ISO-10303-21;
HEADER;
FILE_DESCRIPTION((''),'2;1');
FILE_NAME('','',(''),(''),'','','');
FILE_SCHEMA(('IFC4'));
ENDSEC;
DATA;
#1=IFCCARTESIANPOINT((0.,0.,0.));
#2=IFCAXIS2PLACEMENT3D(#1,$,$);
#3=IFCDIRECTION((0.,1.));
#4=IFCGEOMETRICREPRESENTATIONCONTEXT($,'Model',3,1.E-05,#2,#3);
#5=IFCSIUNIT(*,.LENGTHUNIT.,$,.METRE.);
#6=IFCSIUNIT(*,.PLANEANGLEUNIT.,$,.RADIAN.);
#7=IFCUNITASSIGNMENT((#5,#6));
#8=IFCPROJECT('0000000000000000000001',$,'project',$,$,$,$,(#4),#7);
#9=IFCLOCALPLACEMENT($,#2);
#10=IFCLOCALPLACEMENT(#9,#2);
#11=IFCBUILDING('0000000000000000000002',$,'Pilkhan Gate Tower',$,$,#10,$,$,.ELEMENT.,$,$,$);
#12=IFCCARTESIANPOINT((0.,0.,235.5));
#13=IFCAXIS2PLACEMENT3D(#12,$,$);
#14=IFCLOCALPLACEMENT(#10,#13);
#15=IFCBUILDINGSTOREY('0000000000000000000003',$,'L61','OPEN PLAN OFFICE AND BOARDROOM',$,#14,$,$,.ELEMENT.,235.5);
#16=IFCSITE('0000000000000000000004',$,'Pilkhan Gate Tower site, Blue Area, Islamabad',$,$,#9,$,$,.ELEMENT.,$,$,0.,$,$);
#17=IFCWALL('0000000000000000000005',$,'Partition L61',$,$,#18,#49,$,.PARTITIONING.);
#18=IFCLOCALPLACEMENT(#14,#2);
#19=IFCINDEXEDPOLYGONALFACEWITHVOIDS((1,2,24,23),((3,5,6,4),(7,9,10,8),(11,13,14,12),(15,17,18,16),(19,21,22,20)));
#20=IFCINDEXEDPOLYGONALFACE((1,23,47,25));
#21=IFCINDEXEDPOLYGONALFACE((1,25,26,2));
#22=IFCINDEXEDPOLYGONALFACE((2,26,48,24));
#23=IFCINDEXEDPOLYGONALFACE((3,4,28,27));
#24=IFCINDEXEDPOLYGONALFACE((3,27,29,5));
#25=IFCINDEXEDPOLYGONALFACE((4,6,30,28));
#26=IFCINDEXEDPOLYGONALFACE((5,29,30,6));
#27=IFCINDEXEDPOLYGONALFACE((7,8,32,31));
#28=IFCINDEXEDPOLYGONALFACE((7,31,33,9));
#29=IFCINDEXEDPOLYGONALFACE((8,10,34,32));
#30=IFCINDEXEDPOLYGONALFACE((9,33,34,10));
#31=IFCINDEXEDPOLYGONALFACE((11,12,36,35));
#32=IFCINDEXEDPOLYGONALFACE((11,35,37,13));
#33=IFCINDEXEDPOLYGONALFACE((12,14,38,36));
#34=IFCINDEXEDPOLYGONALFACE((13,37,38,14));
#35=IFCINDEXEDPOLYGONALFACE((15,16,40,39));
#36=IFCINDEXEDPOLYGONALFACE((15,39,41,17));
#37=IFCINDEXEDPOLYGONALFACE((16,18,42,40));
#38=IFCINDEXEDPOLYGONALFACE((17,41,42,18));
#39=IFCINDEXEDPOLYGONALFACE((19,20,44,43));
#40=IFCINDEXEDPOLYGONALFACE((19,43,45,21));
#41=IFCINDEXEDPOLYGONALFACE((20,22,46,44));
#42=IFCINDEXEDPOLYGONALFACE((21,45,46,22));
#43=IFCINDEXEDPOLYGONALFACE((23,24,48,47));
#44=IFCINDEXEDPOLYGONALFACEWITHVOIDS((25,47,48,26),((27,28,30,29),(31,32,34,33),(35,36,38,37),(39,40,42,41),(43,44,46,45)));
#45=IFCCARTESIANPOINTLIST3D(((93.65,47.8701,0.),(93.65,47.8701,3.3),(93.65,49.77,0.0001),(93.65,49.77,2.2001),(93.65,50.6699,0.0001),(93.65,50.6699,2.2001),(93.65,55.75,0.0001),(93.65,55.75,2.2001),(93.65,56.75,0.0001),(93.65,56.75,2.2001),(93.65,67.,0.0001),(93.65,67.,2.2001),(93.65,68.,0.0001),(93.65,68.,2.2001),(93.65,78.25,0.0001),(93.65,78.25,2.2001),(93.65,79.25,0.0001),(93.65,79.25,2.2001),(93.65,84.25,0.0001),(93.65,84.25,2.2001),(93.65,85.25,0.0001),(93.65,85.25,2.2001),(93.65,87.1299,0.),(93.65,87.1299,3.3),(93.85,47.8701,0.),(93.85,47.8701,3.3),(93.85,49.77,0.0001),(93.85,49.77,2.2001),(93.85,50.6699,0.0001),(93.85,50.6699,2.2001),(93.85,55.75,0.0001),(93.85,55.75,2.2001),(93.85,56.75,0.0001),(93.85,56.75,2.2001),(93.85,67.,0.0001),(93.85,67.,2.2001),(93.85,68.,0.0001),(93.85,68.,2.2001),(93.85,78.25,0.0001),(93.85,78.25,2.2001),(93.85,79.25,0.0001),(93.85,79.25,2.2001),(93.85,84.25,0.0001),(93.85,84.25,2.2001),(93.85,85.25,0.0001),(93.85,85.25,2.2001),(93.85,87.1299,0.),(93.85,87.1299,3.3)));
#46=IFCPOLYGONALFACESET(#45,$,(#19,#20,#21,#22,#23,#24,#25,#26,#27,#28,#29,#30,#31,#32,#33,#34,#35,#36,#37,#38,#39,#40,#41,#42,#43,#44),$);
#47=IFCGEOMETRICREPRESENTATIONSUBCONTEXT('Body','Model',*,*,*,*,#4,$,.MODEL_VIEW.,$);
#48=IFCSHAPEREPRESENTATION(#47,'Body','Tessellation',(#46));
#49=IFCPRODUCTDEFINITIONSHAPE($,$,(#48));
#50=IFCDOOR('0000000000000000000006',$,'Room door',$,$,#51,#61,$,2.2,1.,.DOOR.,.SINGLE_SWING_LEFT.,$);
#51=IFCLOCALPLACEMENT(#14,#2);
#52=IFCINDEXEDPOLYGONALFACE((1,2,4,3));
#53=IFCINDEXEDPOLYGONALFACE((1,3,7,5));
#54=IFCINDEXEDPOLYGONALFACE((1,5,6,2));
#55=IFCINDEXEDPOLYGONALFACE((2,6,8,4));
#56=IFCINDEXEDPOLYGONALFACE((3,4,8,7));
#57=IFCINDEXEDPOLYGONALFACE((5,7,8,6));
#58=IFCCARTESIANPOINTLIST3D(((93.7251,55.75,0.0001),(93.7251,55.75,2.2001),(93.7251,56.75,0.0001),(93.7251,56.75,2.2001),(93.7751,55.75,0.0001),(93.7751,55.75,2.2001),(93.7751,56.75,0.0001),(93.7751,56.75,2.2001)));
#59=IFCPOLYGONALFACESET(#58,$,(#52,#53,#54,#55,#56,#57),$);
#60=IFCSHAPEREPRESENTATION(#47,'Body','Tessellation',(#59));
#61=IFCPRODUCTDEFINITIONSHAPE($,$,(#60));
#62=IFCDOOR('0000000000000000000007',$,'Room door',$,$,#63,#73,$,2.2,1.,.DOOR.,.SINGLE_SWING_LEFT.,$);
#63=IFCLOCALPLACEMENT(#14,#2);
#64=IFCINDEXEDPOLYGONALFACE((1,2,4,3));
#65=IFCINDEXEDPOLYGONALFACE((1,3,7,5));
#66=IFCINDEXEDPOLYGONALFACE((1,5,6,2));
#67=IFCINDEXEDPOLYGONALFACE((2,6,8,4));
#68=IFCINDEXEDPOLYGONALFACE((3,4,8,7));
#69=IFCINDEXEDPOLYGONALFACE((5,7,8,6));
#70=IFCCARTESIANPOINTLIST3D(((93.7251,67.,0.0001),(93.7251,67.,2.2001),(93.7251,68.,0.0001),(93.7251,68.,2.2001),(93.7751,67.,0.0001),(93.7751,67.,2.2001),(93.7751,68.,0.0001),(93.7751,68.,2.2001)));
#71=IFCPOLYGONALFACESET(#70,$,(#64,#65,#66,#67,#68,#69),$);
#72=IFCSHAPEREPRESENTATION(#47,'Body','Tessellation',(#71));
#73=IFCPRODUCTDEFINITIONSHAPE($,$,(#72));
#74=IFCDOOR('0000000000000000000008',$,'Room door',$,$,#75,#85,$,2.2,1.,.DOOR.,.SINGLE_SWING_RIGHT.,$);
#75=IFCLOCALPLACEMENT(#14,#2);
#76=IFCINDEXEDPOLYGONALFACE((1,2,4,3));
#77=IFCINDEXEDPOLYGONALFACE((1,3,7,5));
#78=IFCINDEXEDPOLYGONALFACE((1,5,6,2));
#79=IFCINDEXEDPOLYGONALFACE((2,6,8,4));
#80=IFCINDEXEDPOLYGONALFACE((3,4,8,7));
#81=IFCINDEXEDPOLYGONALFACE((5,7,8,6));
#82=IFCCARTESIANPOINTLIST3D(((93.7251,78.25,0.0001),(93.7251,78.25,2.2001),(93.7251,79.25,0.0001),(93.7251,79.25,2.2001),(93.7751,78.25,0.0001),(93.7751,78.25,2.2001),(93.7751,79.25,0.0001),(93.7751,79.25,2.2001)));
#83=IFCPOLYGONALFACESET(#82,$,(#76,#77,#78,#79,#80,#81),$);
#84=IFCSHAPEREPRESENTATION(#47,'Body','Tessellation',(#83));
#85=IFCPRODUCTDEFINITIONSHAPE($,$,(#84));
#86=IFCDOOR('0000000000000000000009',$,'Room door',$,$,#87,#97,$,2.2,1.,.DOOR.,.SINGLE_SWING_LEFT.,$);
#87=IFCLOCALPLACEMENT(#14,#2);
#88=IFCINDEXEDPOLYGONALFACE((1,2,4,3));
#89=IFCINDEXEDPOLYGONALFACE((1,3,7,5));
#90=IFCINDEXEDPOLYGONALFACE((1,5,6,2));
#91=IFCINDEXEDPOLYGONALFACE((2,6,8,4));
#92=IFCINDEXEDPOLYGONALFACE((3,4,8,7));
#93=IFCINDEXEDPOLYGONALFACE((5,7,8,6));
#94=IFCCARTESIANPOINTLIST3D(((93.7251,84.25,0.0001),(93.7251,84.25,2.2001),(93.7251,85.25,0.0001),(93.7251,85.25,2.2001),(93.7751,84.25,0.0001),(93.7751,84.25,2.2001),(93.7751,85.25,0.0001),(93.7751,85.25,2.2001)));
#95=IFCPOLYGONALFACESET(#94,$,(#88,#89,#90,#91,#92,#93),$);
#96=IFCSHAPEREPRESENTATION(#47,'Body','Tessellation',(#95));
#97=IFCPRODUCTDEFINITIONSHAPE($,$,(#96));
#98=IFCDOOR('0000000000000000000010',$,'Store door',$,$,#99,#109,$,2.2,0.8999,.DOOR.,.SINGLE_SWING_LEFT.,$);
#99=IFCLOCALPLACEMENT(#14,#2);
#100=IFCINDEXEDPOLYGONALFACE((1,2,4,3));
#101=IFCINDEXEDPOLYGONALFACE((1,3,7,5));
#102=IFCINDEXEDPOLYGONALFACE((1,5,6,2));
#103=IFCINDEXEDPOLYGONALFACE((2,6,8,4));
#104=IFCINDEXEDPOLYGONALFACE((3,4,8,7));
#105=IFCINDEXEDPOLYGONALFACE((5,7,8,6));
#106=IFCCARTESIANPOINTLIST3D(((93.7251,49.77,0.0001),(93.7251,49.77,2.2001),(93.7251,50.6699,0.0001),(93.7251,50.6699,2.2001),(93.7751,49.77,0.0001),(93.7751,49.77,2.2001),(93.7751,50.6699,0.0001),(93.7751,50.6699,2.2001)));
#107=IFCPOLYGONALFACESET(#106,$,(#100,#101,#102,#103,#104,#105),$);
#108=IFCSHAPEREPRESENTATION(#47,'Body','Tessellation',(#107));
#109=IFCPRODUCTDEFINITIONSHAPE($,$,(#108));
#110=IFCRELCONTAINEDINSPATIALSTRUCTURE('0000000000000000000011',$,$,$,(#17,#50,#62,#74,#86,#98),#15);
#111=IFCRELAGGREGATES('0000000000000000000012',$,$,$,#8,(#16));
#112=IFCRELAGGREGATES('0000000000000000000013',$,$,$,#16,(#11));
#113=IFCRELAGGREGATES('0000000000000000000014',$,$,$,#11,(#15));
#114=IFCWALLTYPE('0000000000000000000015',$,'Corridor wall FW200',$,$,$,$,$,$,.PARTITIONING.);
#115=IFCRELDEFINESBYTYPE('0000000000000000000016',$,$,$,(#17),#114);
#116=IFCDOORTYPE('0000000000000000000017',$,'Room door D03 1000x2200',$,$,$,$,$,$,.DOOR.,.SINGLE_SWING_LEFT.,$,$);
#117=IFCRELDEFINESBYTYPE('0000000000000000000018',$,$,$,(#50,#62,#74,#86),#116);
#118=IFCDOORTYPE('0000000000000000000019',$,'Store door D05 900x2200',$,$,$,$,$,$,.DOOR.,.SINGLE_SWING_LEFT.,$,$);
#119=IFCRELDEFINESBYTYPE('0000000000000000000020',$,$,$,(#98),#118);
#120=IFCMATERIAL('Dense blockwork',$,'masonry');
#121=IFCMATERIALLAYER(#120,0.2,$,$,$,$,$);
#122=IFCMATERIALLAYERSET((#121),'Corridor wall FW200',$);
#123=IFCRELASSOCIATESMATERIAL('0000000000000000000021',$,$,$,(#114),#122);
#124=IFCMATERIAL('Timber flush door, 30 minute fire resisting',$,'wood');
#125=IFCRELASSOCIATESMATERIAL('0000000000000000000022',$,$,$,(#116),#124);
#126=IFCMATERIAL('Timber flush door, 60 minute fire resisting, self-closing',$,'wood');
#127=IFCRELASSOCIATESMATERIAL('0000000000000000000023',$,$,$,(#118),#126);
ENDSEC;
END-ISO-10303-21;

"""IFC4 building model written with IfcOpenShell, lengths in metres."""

from ifc_helpers import new_model, si_unit, direction, frame, frame_2d, origin, place, context, subcontext, project, spatial, rectangle, extrude, material, layer, layer_set, type_object, element, fill, save


model = new_model("IFC4")

# Units and contexts
model_context = context("Model", 3, precision=1e-05, world=origin(), true_north=direction((0.0, 1.0)))
body_context = subcontext(model_context, "Body", "Model", "MODEL_VIEW")
ifc_project = project(units=[si_unit("LENGTHUNIT", "METRE"), si_unit("PLANEANGLEUNIT", "RADIAN")], contexts=[model_context])

# Site, building, storey
site_placement = place(None, origin())
site = spatial("IfcSite", under=ifc_project, at=site_placement, Name="Pilkhan Gate Tower site, Blue Area, Islamabad", CompositionType="ELEMENT", RefElevation=0.0)
building_placement = place(site_placement, origin())
building = spatial("IfcBuilding", under=site, at=building_placement, Name="Pilkhan Gate Tower", CompositionType="ELEMENT")
storey_placement = place(building_placement, frame((0.0, 0.0, 235.5)))
storey = spatial("IfcBuildingStorey", under=building, at=storey_placement, Name="L61", Description="OPEN PLAN OFFICE AND BOARDROOM", CompositionType="ELEMENT", Elevation=235.5)

# Shared definitions
ifc_material_1 = material(Name="Dense blockwork", Category="masonry")
ifc_layer_1 = layer(ifc_material_1, 0.2)
ifc_layer_set_1 = layer_set([ifc_layer_1], Name="Corridor wall FW200")
wall_type = type_object("IfcWallType", Name="Corridor wall FW200", PredefinedType="PARTITIONING", material=ifc_layer_set_1)

# Wall, openings, doors
wall_1_placement = place(storey_placement, frame((93.75, 47.8701, 0.0), z_axis=(0.0, 0.0, 1.0), x_axis=(0.0, 1.0, 0.0)))
wall_1 = element("IfcWall", 1, at=wall_1_placement, inside=storey, type_object=wall_type, Name="Partition L61", PredefinedType="PARTITIONING", context=body_context, shape_type="SweptSolid", body=[
    extrude(rectangle(XDim=39.2598, YDim=0.2, at=frame_2d((19.6299, 0.0))), origin(), (0.0, 0.0, 1.0), 3.3),
])
opening_1_placement = place(wall_1_placement, frame((1.8999, 0.0, 0.0)))
opening_1 = element("IfcOpeningElement", 2, at=opening_1_placement, cuts=wall_1, PredefinedType="OPENING", context=body_context, shape_type="SweptSolid", body=[
    extrude(rectangle(XDim=0.8999, YDim=2.2, at=frame_2d((0.45, 1.1001))), frame((0.0, 0.1099, 0.0), z_axis=(0.0, -1.0, 0.0), x_axis=(1.0, 0.0, 0.0)), (0.0, 0.0, 1.0), 0.22),
])
opening_2_placement = place(wall_1_placement, frame((7.8799, 0.0, 0.0)))
opening_2 = element("IfcOpeningElement", 3, at=opening_2_placement, cuts=wall_1, PredefinedType="OPENING", context=body_context, shape_type="SweptSolid", body=[
    extrude(rectangle(XDim=1.0, YDim=2.2, at=frame_2d((0.5, 1.1001))), frame((0.0, 0.1099, 0.0), z_axis=(0.0, -1.0, 0.0), x_axis=(1.0, 0.0, 0.0)), (0.0, 0.0, 1.0), 0.22),
])
opening_3_placement = place(wall_1_placement, frame((19.1299, 0.0, 0.0)))
opening_3 = element("IfcOpeningElement", 4, at=opening_3_placement, cuts=wall_1, PredefinedType="OPENING", context=body_context, shape_type="SweptSolid", body=[
    extrude(rectangle(XDim=1.0, YDim=2.2, at=frame_2d((0.5, 1.1001))), frame((0.0, 0.1099, 0.0), z_axis=(0.0, -1.0, 0.0), x_axis=(1.0, 0.0, 0.0)), (0.0, 0.0, 1.0), 0.22),
])
opening_4_placement = place(wall_1_placement, frame((30.3799, 0.0, 0.0)))
opening_4 = element("IfcOpeningElement", 5, at=opening_4_placement, cuts=wall_1, PredefinedType="OPENING", context=body_context, shape_type="SweptSolid", body=[
    extrude(rectangle(XDim=1.0, YDim=2.2, at=frame_2d((0.5, 1.1001))), frame((0.0, 0.1099, 0.0), z_axis=(0.0, -1.0, 0.0), x_axis=(1.0, 0.0, 0.0)), (0.0, 0.0, 1.0), 0.22),
])
opening_5_placement = place(wall_1_placement, frame((36.3799, 0.0, 0.0)))
opening_5 = element("IfcOpeningElement", 6, at=opening_5_placement, cuts=wall_1, PredefinedType="OPENING", context=body_context, shape_type="SweptSolid", body=[
    extrude(rectangle(XDim=1.0, YDim=2.2, at=frame_2d((0.5, 1.1001))), frame((0.0, 0.1099, 0.0), z_axis=(0.0, -1.0, 0.0), x_axis=(1.0, 0.0, 0.0)), (0.0, 0.0, 1.0), 0.22),
])
ifc_material_2 = material(Name="Timber flush door, 30 minute fire resisting", Category="wood")
door_type_1 = type_object("IfcDoorType", Name="Room door D03 1000x2200", OperationType="SINGLE_SWING_LEFT", PredefinedType="DOOR", material=ifc_material_2)
door_1_placement = place(opening_2_placement, origin())
door_1 = element("IfcDoor", 7, at=door_1_placement, inside=storey, type_object=door_type_1, Name="Room door", OperationType="SINGLE_SWING_LEFT", OverallHeight=2.2, OverallWidth=1.0, PredefinedType="DOOR", context=body_context, shape_type="SweptSolid", body=[
    extrude(rectangle(XDim=1.0, YDim=2.2, at=frame_2d((0.5, 1.1001))), frame((0.0, 0.0249, 0.0), z_axis=(0.0, -1.0, 0.0), x_axis=(1.0, 0.0, 0.0)), (0.0, 0.0, 1.0), 0.05),
])
fill(opening_2, door_1)
door_2_placement = place(opening_3_placement, origin())
door_2 = element("IfcDoor", 8, at=door_2_placement, inside=storey, type_object=door_type_1, Name="Room door", OperationType="SINGLE_SWING_LEFT", OverallHeight=2.2, OverallWidth=1.0, PredefinedType="DOOR", context=body_context, shape_type="SweptSolid", body=[
    extrude(rectangle(XDim=1.0, YDim=2.2, at=frame_2d((0.5, 1.1001))), frame((0.0, 0.0249, 0.0), z_axis=(0.0, -1.0, 0.0), x_axis=(1.0, 0.0, 0.0)), (0.0, 0.0, 1.0), 0.05),
])
fill(opening_3, door_2)
door_3_placement = place(opening_4_placement, origin())
door_3 = element("IfcDoor", 9, at=door_3_placement, inside=storey, type_object=door_type_1, Name="Room door", OperationType="SINGLE_SWING_RIGHT", OverallHeight=2.2, OverallWidth=1.0, PredefinedType="DOOR", context=body_context, shape_type="SweptSolid", body=[
    extrude(rectangle(XDim=1.0, YDim=2.2, at=frame_2d((0.5, 1.1001))), frame((0.0, 0.0249, 0.0), z_axis=(0.0, -1.0, 0.0), x_axis=(1.0, 0.0, 0.0)), (0.0, 0.0, 1.0), 0.05),
])
fill(opening_4, door_3)
door_4_placement = place(opening_5_placement, origin())
door_4 = element("IfcDoor", 10, at=door_4_placement, inside=storey, type_object=door_type_1, Name="Room door", OperationType="SINGLE_SWING_LEFT", OverallHeight=2.2, OverallWidth=1.0, PredefinedType="DOOR", context=body_context, shape_type="SweptSolid", body=[
    extrude(rectangle(XDim=1.0, YDim=2.2, at=frame_2d((0.5, 1.1001))), frame((0.0, 0.0249, 0.0), z_axis=(0.0, -1.0, 0.0), x_axis=(1.0, 0.0, 0.0)), (0.0, 0.0, 1.0), 0.05),
])
fill(opening_5, door_4)
ifc_material_3 = material(Name="Timber flush door, 60 minute fire resisting, self-closing", Category="wood")
door_type_2 = type_object("IfcDoorType", Name="Store door D05 900x2200", OperationType="SINGLE_SWING_LEFT", PredefinedType="DOOR", material=ifc_material_3)
door_5_placement = place(opening_1_placement, origin())
door_5 = element("IfcDoor", 11, at=door_5_placement, inside=storey, type_object=door_type_2, Name="Store door", OperationType="SINGLE_SWING_LEFT", OverallHeight=2.2, OverallWidth=0.8999, PredefinedType="DOOR", context=body_context, shape_type="SweptSolid", body=[
    extrude(rectangle(XDim=0.8999, YDim=2.2, at=frame_2d((0.45, 1.1001))), frame((0.0, 0.0249, 0.0), z_axis=(0.0, -1.0, 0.0), x_axis=(1.0, 0.0, 0.0)), (0.0, 0.0, 1.0), 0.05),
])
fill(opening_1, door_5)

save(model, "model.ifc")
